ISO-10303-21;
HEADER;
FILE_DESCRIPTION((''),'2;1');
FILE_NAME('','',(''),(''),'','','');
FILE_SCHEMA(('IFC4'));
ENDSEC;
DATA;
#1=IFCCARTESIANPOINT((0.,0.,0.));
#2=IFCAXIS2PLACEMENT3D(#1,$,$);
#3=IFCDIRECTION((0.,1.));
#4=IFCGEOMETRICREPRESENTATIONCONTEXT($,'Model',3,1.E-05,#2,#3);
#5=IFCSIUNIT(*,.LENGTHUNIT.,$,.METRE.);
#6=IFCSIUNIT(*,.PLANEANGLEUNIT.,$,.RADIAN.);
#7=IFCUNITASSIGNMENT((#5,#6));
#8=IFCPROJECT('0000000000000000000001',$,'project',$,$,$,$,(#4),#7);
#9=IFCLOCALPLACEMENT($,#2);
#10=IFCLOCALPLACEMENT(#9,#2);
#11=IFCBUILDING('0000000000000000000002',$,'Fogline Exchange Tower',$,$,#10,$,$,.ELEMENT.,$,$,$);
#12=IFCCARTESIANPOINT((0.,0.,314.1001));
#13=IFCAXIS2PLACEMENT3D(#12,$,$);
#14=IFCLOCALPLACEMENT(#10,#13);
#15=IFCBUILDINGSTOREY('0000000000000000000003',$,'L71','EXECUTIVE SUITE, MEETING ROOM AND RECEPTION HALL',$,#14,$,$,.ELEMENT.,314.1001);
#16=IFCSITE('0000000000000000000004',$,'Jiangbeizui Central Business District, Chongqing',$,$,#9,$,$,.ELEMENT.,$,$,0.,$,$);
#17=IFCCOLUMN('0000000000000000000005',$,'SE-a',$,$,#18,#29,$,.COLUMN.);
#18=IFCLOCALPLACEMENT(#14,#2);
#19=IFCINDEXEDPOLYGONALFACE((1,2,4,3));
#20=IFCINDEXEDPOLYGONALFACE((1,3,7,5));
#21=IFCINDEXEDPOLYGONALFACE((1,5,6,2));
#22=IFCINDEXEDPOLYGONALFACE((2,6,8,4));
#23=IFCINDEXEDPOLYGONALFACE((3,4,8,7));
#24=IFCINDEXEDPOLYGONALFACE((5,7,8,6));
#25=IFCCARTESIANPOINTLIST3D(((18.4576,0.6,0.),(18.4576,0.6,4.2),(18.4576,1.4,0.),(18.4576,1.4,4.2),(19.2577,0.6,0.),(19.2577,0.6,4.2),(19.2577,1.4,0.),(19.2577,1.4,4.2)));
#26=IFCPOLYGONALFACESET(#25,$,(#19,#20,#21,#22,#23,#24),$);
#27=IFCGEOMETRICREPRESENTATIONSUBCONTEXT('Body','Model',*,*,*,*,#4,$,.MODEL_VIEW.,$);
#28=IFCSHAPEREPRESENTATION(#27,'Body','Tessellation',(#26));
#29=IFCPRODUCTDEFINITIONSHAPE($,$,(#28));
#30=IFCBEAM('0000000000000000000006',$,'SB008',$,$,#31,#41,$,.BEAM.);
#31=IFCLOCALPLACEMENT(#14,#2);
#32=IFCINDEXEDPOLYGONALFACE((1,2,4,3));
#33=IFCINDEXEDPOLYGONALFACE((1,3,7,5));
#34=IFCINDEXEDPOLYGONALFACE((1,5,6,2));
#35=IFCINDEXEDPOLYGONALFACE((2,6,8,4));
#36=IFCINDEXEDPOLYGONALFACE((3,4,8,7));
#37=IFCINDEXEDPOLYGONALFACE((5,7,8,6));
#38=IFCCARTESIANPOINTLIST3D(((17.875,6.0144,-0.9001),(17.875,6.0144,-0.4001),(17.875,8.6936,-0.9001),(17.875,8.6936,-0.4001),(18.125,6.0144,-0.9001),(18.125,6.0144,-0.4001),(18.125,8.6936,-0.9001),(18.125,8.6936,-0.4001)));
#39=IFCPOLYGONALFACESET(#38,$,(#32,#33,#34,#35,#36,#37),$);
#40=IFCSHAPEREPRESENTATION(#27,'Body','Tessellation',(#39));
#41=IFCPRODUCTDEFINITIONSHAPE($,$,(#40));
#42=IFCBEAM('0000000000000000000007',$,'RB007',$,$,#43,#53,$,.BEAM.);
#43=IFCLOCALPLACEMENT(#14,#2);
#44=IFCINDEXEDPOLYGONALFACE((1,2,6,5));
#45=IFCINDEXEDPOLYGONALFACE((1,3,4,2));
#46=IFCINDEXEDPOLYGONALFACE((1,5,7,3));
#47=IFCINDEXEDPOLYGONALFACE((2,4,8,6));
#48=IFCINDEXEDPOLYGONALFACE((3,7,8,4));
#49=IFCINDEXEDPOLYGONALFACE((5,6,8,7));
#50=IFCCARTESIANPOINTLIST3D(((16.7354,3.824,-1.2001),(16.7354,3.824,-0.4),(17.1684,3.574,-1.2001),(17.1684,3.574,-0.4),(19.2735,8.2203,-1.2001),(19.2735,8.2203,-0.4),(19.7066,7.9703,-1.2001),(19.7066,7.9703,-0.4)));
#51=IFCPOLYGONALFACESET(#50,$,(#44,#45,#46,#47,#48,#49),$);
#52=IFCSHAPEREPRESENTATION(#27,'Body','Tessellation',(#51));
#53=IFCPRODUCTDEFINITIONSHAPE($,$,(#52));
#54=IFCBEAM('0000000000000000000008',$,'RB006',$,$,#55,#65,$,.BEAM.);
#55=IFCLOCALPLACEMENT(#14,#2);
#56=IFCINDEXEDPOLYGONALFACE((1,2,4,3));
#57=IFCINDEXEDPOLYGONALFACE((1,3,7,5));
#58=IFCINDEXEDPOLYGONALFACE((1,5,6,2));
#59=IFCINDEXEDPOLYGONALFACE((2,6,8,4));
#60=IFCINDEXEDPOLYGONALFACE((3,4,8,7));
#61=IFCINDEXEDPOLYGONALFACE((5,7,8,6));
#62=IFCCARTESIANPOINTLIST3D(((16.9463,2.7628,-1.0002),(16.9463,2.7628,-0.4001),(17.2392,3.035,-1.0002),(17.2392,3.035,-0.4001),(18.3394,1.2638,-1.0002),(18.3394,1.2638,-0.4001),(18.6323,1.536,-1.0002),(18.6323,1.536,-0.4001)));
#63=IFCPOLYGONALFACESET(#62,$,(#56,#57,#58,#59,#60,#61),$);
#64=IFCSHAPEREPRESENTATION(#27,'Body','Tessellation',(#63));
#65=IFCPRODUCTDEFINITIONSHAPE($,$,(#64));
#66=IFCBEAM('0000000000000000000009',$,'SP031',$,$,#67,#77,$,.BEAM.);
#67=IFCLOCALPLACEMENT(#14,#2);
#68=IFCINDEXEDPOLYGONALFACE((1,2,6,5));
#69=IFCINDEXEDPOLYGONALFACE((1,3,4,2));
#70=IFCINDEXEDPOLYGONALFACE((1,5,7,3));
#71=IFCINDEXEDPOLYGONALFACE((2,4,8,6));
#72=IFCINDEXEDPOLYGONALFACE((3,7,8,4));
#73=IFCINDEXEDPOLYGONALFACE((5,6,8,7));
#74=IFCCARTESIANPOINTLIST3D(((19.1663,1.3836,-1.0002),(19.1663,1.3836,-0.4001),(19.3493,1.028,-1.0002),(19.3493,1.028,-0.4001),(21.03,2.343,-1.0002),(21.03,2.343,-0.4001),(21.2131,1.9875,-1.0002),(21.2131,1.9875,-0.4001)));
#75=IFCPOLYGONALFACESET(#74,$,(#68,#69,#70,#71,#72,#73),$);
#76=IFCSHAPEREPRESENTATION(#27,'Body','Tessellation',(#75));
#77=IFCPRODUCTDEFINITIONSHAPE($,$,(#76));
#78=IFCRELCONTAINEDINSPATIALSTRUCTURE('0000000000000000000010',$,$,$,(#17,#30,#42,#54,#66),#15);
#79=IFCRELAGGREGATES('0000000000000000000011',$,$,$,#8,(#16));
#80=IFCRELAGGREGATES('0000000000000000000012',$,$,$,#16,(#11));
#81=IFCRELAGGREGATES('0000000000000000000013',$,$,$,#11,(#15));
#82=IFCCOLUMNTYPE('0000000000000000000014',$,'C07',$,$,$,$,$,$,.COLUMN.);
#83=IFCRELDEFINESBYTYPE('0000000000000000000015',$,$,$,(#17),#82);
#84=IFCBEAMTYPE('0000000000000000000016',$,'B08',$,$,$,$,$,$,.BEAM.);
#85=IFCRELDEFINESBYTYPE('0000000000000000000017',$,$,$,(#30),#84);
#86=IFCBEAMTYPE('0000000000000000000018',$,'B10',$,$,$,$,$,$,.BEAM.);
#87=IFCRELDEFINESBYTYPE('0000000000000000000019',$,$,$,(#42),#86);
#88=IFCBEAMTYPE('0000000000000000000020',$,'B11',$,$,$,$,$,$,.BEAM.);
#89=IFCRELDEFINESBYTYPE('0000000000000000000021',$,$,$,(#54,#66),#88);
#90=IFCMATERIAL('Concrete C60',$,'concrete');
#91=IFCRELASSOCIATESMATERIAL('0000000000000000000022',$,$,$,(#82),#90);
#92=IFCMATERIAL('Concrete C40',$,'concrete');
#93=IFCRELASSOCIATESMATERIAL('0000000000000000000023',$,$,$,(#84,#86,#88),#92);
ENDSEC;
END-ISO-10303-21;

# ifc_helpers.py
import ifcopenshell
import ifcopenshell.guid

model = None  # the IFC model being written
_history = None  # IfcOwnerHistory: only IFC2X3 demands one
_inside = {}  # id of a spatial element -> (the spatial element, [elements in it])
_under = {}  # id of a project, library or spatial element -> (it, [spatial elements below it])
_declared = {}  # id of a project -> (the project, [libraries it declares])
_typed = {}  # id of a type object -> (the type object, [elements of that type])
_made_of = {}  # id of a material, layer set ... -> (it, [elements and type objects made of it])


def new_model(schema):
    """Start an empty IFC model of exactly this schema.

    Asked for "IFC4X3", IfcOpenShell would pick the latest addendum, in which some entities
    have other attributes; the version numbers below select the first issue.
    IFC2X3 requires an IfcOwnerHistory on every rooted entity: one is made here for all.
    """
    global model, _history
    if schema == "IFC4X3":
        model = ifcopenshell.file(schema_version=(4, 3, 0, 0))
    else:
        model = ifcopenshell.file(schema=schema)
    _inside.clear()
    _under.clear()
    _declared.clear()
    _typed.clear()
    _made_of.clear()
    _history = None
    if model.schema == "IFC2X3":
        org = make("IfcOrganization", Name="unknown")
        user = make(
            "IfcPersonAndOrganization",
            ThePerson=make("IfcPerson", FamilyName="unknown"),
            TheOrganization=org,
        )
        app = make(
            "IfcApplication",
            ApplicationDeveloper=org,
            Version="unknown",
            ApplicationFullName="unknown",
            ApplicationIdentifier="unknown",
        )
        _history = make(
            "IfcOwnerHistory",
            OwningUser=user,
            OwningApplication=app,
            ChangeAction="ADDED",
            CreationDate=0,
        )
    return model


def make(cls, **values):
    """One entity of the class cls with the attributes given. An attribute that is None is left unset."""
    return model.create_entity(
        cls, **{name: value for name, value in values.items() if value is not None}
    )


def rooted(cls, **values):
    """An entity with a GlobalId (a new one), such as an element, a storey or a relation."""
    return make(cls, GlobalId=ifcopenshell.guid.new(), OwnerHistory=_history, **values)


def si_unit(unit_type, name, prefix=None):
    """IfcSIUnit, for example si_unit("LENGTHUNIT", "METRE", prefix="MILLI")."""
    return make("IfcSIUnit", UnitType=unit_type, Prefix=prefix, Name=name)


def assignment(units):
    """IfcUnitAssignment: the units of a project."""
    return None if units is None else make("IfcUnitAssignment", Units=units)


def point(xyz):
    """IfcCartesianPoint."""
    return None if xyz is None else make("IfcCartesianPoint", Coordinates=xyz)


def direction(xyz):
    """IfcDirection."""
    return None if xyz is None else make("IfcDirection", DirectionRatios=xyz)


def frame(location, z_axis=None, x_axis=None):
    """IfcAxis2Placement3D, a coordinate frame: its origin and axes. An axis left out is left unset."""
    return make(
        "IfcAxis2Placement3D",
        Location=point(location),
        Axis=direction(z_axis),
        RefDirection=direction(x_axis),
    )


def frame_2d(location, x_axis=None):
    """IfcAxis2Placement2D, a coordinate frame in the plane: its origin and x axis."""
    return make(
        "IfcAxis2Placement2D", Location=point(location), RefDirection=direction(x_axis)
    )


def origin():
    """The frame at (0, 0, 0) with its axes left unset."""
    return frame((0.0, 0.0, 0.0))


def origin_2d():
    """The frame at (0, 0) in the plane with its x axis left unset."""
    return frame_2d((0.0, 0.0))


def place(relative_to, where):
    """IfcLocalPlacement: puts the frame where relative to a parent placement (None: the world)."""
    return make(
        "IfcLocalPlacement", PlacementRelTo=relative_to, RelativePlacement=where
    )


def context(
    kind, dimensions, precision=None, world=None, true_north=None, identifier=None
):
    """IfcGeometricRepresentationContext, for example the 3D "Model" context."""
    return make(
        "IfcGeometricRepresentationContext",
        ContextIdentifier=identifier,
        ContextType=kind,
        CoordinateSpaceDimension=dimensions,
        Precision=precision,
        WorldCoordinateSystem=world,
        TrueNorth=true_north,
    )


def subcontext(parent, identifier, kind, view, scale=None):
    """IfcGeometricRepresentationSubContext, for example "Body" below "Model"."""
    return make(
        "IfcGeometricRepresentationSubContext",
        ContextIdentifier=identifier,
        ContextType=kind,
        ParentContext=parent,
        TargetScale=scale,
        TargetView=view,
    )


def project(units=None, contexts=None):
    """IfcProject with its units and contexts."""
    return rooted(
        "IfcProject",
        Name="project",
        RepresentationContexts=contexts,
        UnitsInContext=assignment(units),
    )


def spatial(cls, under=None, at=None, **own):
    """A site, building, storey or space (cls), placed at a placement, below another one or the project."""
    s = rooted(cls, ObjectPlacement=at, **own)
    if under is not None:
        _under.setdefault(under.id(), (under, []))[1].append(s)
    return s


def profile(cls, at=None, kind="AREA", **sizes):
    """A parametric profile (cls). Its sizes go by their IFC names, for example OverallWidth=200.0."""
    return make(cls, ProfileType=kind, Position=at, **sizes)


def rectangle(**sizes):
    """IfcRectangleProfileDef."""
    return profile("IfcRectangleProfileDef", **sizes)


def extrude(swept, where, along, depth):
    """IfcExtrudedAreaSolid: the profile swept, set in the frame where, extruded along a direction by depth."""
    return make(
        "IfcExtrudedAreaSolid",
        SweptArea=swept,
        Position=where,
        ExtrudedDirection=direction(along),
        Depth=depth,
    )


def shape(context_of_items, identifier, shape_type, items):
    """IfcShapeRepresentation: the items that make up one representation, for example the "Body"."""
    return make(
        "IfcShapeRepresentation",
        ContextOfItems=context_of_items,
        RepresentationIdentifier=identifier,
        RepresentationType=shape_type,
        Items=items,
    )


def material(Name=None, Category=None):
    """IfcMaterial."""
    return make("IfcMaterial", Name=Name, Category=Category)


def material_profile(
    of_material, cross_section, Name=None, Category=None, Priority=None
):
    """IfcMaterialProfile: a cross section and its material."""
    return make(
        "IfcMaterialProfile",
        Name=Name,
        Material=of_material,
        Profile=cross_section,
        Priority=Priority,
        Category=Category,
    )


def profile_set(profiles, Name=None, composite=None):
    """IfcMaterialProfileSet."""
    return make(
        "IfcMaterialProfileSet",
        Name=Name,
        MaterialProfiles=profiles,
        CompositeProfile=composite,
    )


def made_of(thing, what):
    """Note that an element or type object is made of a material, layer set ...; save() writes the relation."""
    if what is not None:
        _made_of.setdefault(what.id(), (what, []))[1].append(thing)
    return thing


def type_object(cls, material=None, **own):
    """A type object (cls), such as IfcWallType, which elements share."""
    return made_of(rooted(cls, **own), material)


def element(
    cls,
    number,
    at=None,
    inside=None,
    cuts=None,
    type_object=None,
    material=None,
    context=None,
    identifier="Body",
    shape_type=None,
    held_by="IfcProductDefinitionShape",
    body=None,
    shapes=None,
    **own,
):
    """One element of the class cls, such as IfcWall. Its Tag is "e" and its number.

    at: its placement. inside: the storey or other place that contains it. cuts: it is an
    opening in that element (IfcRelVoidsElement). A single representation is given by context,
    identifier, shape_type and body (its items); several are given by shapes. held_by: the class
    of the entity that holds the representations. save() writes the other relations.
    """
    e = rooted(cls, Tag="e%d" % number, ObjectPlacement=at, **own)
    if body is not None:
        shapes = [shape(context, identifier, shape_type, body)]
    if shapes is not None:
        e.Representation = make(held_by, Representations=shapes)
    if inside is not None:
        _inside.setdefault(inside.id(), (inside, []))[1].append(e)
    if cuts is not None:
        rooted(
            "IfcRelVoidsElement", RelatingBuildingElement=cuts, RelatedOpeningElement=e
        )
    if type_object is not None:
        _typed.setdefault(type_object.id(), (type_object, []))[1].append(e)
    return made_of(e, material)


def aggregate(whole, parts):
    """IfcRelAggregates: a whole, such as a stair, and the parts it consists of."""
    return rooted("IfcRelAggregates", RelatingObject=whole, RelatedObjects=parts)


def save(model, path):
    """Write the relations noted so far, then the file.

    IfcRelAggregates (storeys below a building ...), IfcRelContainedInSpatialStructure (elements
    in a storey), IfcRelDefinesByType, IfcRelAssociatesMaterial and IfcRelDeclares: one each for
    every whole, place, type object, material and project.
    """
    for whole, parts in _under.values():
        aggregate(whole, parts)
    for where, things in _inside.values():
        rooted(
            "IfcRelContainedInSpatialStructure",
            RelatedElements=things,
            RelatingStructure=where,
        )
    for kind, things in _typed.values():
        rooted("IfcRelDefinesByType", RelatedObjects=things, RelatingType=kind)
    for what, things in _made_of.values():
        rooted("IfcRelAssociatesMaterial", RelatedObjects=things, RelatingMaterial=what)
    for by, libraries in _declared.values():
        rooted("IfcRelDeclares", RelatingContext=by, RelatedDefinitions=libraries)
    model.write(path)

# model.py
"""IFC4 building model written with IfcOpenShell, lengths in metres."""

from ifc_helpers import new_model, si_unit, direction, frame, origin, origin_2d, place, context, subcontext, project, spatial, rectangle, extrude, material, material_profile, profile_set, type_object, element, save


model = new_model("IFC4")

# Units and contexts
model_context = context("Model", 3, precision=1e-05, world=origin(), true_north=direction((0.0, 1.0)))
body_context = subcontext(model_context, "Body", "Model", "MODEL_VIEW")
ifc_project = project(units=[si_unit("LENGTHUNIT", "METRE"), si_unit("PLANEANGLEUNIT", "RADIAN")], contexts=[model_context])

# Site, building, storey
site_placement = place(None, origin())
site = spatial("IfcSite", under=ifc_project, at=site_placement, Name="Jiangbeizui Central Business District, Chongqing", CompositionType="ELEMENT", RefElevation=0.0)
building_placement = place(site_placement, origin())
building = spatial("IfcBuilding", under=site, at=building_placement, Name="Fogline Exchange Tower", CompositionType="ELEMENT")
storey_placement = place(building_placement, frame((0.0, 0.0, 314.1001)))
storey = spatial("IfcBuildingStorey", under=building, at=storey_placement, Name="L71", Description="EXECUTIVE SUITE, MEETING ROOM AND RECEPTION HALL", CompositionType="ELEMENT", Elevation=314.1001)

# Column
ifc_material_1 = material(Name="Concrete C60", Category="concrete")
ifc_material_profile_1 = material_profile(ifc_material_1, rectangle(XDim=0.8, YDim=0.8, at=origin_2d()), Name="RC 800x800")
ifc_profile_set_1 = profile_set([ifc_material_profile_1], Name="Concrete C60")
column_type = type_object("IfcColumnType", Name="C07", PredefinedType="COLUMN", material=ifc_profile_set_1)
column_placement = place(storey_placement, frame((18.8577, 1.0, 0.0), z_axis=(0.0, 0.0, 1.0), x_axis=(1.0, 0.0, 0.0)))
element("IfcColumn", 1, at=column_placement, inside=storey, type_object=column_type, Name="SE-a", PredefinedType="COLUMN", context=body_context, shape_type="SweptSolid", body=[
    extrude(rectangle(XDim=0.8, YDim=0.8, at=origin_2d()), origin(), (0.0, 0.0, 1.0), 4.2),
])

# Beams
ifc_material_2 = material(Name="Concrete C40", Category="concrete")
ifc_material_profile_2 = material_profile(ifc_material_2, rectangle(XDim=0.25, YDim=0.5, at=origin_2d()), Name="RC 250x500")
ifc_profile_set_2 = profile_set([ifc_material_profile_2], Name="Concrete C40")
beam_type_1 = type_object("IfcBeamType", Name="B08", PredefinedType="BEAM", material=ifc_profile_set_2)
beam_1_placement = place(storey_placement, frame((18.0, 6.0144, -0.6501), z_axis=(0.0, 1.0, 0.0), x_axis=(-1.0, 0.0, 0.0)))
element("IfcBeam", 2, at=beam_1_placement, inside=storey, type_object=beam_type_1, Name="SB008", PredefinedType="BEAM", context=body_context, shape_type="SweptSolid", body=[
    extrude(rectangle(XDim=0.25, YDim=0.5, at=origin_2d()), origin(), (0.0, 0.0, 1.0), 2.6792),
])
ifc_material_profile_3 = material_profile(ifc_material_2, rectangle(XDim=0.5, YDim=0.8, at=origin_2d()), Name="RC 500x800")
ifc_profile_set_3 = profile_set([ifc_material_profile_3], Name="Concrete C40")
beam_type_2 = type_object("IfcBeamType", Name="B10", PredefinedType="BEAM", material=ifc_profile_set_3)
beam_2_placement = place(storey_placement, frame((16.9519, 3.699, -0.8), z_axis=(0.499988, 0.866033, 0.0), x_axis=(-0.866033, 0.499988, 0.0)))
element("IfcBeam", 3, at=beam_2_placement, inside=storey, type_object=beam_type_2, Name="RB007", PredefinedType="BEAM", context=body_context, shape_type="SweptSolid", body=[
    extrude(rectangle(XDim=0.5, YDim=0.8, at=origin_2d()), origin(), (0.0, 0.0, 1.0), 5.0764),
])
ifc_material_profile_4 = material_profile(ifc_material_2, rectangle(XDim=0.3999, YDim=0.6001, at=origin_2d()), Name="RC 400x600")
ifc_profile_set_4 = profile_set([ifc_material_profile_4], Name="Concrete C40")
beam_type_3 = type_object("IfcBeamType", Name="B11", PredefinedType="BEAM", material=ifc_profile_set_4)
beam_3_placement = place(storey_placement, frame((18.4858, 1.3999, -0.7002), z_axis=(-0.680744, 0.732521, 0.0), x_axis=(-0.732521, -0.680744, 0.0)))
element("IfcBeam", 4, at=beam_3_placement, inside=storey, type_object=beam_type_3, Name="RB006", PredefinedType="BEAM", context=body_context, shape_type="SweptSolid", body=[
    extrude(rectangle(XDim=0.3999, YDim=0.6001, at=origin_2d()), origin(), (0.0, 0.0, 1.0), 2.0464),
])
beam_4_placement = place(storey_placement, frame((19.2578, 1.2058, -0.7002), z_axis=(0.889101, 0.457711, 0.0), x_axis=(-0.457711, 0.889101, 0.0)))
element("IfcBeam", 5, at=beam_4_placement, inside=storey, type_object=beam_type_3, Name="SP031", PredefinedType="BEAM", context=body_context, shape_type="SweptSolid", body=[
    extrude(rectangle(XDim=0.3999, YDim=0.6001, at=origin_2d()), origin(), (0.0, 0.0, 1.0), 2.0962),
])

save(model, "model.ifc")
